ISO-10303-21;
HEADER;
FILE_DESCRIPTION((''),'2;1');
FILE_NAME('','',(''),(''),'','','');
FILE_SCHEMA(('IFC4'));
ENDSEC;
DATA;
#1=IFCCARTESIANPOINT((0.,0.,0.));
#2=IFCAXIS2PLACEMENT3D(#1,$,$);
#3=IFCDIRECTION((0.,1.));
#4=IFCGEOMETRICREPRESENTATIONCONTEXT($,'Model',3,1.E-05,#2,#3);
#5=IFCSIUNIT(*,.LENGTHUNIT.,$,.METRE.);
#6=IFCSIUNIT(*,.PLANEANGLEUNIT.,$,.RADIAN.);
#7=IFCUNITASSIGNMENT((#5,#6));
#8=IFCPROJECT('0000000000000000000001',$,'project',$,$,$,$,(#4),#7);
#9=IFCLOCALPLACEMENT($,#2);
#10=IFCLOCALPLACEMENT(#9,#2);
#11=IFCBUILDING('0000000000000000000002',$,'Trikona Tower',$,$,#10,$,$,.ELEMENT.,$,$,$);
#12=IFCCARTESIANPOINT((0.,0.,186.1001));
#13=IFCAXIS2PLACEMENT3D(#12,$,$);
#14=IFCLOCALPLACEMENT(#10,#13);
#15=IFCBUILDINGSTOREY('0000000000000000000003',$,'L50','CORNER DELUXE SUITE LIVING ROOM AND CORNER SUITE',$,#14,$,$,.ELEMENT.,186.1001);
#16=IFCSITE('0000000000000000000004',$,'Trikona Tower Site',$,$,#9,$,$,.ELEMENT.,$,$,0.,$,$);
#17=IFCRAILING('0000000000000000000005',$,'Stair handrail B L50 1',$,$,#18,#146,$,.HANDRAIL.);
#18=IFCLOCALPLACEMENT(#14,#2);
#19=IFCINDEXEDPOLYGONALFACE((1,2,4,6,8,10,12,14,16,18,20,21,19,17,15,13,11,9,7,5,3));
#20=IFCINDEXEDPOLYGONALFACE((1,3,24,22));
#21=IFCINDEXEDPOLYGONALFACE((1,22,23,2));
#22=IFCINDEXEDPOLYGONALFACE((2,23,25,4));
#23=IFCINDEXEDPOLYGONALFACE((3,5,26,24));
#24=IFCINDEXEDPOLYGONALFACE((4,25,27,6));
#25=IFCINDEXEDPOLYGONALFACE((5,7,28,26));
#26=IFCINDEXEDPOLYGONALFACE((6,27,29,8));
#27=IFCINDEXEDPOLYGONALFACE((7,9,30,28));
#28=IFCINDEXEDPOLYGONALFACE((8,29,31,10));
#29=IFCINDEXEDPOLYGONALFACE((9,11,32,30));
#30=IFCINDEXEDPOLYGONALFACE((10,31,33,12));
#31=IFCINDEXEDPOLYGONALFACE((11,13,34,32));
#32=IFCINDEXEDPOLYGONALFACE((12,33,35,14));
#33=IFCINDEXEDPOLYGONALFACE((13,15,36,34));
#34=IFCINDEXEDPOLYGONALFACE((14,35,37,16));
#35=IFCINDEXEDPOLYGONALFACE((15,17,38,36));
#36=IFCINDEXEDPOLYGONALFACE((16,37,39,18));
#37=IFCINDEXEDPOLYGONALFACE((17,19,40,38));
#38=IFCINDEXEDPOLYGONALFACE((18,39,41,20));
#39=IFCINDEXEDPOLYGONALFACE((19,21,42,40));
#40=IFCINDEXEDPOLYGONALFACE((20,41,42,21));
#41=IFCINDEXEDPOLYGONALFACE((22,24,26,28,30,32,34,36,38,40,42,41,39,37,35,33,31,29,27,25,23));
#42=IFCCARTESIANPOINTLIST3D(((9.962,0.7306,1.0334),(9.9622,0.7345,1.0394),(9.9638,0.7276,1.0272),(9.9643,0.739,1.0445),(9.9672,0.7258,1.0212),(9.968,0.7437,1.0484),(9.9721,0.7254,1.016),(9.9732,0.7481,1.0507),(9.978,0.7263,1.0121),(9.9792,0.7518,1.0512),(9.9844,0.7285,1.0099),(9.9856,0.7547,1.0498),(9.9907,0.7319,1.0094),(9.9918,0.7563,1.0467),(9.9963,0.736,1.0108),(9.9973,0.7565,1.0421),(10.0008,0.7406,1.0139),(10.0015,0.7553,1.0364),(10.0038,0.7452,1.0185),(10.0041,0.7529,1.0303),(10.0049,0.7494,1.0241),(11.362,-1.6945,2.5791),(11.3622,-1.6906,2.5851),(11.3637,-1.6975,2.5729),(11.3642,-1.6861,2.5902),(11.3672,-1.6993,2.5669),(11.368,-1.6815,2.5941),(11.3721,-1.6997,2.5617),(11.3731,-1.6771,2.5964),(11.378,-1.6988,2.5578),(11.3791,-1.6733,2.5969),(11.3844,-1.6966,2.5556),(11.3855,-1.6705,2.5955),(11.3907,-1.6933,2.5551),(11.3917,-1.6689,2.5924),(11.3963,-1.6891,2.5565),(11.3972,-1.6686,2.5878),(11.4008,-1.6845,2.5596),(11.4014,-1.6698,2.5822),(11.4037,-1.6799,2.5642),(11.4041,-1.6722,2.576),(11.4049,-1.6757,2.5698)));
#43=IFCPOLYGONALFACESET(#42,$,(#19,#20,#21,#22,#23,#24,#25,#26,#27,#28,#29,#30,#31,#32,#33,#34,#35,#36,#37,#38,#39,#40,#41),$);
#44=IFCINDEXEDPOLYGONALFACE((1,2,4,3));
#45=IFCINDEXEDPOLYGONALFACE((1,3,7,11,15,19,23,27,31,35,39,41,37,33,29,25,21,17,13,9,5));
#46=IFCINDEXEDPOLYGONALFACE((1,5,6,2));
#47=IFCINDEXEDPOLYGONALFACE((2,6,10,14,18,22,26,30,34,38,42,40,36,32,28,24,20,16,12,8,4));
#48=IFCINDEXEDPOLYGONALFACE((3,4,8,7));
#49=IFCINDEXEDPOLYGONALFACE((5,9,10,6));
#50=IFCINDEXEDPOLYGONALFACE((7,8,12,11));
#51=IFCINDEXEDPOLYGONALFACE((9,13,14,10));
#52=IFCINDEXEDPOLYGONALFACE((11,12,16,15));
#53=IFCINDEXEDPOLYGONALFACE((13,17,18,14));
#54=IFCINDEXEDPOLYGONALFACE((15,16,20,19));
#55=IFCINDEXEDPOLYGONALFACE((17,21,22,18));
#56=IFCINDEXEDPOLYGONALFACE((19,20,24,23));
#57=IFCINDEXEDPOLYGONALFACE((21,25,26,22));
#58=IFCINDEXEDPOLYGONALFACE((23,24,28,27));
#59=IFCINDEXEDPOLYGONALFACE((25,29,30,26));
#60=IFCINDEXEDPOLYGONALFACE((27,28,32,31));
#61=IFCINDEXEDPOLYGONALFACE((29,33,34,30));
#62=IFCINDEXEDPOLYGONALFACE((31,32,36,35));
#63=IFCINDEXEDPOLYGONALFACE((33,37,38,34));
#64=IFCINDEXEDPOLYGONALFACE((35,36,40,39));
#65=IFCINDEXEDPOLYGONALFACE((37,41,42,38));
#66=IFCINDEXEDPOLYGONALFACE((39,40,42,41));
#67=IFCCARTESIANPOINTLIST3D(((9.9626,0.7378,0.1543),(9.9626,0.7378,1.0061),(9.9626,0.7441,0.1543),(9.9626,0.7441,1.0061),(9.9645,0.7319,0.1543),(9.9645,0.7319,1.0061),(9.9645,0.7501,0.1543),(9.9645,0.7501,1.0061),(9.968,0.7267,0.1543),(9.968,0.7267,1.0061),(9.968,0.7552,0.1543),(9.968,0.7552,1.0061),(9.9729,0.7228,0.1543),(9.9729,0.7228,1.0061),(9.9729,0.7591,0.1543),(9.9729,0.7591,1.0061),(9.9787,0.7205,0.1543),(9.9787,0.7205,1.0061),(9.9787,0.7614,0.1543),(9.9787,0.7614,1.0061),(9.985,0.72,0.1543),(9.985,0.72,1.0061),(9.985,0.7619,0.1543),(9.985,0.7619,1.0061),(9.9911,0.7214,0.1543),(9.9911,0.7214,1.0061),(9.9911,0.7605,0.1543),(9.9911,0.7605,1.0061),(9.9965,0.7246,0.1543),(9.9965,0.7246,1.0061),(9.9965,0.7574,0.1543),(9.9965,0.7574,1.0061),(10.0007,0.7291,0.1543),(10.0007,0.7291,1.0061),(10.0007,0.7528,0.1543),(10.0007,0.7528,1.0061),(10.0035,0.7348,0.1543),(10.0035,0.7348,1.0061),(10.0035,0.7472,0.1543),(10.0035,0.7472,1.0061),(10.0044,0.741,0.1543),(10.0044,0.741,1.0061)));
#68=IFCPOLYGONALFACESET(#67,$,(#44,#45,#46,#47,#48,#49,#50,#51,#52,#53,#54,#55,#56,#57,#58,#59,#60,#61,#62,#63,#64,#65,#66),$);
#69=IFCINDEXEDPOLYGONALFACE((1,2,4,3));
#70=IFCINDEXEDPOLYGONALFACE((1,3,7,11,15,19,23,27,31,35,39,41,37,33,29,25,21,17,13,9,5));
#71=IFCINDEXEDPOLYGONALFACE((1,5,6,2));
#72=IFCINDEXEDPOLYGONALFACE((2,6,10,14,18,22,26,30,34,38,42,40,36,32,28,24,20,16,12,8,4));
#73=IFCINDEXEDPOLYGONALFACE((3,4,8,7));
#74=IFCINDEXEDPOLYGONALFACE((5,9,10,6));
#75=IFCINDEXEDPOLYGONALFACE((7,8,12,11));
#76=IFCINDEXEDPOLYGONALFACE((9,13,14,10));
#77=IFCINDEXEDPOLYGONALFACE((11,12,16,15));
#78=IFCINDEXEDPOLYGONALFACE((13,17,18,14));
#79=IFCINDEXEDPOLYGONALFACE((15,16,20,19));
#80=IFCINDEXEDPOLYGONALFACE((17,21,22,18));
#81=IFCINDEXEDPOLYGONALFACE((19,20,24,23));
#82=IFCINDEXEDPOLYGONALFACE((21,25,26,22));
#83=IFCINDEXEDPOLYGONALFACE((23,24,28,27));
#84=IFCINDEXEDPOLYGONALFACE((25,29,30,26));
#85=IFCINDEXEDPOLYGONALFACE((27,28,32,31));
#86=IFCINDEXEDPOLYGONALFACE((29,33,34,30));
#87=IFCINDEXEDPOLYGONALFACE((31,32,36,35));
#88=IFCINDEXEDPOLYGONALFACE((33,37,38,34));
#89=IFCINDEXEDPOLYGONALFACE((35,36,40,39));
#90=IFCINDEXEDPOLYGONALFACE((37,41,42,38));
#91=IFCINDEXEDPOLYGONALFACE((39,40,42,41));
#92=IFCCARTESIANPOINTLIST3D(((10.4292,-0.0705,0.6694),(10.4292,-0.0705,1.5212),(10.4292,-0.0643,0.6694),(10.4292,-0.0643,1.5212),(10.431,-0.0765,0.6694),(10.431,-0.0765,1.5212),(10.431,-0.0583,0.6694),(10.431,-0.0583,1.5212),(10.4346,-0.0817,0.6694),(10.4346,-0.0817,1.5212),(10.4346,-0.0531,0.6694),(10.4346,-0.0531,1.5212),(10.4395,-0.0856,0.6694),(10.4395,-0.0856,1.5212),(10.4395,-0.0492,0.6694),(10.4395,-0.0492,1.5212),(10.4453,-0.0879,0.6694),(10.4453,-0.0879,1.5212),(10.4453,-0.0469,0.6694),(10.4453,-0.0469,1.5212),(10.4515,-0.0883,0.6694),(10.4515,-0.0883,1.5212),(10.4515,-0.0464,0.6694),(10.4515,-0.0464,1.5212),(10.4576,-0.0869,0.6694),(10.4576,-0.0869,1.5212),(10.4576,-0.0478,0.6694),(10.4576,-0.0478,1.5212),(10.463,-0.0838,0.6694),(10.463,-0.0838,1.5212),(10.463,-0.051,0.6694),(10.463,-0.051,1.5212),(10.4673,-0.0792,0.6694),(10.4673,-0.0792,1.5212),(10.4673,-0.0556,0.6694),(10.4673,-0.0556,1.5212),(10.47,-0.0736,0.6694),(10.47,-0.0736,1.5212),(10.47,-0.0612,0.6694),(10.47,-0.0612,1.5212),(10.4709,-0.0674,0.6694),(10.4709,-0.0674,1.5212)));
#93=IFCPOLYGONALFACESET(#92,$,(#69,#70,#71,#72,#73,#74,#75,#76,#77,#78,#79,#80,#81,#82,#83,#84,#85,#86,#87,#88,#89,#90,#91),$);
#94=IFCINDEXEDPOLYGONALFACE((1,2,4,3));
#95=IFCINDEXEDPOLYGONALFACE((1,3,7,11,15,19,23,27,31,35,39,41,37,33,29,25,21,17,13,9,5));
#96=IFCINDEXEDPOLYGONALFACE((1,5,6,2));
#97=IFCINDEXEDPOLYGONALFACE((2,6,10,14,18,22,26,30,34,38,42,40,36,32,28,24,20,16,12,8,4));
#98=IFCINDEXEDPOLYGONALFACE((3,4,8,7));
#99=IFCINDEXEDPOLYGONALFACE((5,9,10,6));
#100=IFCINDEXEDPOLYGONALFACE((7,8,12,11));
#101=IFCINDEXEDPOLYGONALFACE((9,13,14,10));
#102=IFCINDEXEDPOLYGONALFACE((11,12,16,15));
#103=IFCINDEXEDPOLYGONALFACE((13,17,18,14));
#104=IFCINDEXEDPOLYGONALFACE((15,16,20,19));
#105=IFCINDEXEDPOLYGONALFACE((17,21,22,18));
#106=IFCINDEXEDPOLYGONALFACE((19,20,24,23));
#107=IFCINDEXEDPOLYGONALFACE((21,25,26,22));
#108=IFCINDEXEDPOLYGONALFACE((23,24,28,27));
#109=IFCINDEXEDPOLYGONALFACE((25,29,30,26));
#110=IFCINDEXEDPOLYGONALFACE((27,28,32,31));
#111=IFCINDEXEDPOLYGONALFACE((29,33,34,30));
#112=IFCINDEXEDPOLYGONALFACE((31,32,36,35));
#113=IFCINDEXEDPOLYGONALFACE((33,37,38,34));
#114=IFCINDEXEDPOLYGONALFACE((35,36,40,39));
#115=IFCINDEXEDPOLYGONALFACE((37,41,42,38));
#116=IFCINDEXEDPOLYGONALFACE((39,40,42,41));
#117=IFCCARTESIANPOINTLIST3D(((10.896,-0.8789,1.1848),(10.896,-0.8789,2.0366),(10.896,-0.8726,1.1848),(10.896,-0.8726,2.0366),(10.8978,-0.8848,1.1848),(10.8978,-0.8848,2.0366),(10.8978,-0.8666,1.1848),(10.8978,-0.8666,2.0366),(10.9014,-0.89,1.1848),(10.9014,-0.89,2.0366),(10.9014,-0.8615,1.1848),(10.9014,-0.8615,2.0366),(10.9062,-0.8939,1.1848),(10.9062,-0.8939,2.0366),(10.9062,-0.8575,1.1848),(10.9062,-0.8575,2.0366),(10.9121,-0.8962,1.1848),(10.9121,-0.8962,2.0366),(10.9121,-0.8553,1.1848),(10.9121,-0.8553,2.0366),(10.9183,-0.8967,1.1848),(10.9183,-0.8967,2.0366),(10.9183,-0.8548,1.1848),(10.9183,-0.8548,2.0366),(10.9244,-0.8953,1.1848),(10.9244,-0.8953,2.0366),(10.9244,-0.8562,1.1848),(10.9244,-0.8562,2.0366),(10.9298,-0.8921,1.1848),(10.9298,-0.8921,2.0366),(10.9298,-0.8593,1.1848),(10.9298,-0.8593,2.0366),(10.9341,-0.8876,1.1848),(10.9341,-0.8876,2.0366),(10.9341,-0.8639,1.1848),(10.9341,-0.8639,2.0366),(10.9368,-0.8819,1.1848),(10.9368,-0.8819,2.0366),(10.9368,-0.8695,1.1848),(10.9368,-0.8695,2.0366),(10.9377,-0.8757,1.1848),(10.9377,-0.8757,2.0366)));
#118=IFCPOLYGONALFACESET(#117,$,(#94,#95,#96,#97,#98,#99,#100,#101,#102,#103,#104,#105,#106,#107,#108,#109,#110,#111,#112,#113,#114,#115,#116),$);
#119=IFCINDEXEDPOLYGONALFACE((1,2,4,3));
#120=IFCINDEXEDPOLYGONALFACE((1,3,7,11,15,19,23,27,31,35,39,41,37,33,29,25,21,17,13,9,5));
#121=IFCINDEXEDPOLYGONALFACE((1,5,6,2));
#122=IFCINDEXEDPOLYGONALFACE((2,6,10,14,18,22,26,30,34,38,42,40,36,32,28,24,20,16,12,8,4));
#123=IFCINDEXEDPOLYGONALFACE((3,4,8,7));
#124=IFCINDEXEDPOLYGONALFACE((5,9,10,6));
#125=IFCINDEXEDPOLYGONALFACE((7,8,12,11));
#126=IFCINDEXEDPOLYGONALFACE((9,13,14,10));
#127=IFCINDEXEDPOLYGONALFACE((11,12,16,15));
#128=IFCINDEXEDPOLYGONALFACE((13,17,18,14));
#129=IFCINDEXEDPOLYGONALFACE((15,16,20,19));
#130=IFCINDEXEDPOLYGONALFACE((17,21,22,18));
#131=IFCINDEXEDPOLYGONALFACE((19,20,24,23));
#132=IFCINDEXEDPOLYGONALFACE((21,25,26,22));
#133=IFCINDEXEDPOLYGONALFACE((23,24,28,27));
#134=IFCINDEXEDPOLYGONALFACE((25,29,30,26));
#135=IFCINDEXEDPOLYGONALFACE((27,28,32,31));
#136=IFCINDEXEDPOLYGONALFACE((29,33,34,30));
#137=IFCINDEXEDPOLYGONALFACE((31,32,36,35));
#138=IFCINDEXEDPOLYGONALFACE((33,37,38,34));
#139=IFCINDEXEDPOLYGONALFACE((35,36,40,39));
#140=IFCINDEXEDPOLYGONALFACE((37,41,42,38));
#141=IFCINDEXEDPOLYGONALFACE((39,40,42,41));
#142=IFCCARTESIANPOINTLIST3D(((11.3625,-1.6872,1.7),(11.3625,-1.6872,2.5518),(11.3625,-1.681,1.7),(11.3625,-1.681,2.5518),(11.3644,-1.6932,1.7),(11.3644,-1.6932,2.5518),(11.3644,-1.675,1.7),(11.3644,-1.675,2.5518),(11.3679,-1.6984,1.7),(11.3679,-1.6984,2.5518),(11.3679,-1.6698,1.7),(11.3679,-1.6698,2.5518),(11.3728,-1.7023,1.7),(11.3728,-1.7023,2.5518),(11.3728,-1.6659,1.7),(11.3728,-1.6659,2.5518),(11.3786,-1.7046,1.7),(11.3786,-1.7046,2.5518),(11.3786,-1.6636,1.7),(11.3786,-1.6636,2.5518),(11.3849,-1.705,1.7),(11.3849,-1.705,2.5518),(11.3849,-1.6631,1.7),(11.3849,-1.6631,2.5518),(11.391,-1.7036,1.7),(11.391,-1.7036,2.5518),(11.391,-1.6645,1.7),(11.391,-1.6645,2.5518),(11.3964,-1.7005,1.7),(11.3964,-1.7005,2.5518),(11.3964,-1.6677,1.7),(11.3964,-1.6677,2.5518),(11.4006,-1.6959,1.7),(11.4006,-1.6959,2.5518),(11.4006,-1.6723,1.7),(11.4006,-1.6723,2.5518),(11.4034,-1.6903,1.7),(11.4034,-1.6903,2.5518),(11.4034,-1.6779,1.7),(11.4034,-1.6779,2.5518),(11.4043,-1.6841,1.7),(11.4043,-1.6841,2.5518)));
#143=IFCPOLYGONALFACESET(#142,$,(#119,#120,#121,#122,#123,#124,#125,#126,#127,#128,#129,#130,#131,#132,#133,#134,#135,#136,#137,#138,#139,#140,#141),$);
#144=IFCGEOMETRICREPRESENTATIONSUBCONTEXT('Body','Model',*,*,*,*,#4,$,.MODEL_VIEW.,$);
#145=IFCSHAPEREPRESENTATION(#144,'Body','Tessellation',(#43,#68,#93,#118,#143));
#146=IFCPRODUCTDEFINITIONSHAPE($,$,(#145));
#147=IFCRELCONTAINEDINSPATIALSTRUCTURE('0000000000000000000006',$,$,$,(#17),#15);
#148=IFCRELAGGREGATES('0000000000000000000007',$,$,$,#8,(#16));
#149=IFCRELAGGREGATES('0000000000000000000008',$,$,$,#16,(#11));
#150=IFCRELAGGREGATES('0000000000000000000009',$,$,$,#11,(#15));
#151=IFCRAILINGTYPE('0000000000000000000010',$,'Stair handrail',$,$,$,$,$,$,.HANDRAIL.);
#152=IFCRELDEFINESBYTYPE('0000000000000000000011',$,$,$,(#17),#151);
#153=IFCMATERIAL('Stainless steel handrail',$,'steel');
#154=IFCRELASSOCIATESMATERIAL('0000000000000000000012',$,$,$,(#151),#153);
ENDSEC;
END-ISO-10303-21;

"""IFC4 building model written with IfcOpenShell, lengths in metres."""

from ifc_helpers import new_model, si_unit, direction, frame, origin, origin_2d, place, context, subcontext, project, spatial, circle, extrude, material, type_object, element, save


model = new_model("IFC4")

# Units and contexts
model_context = context("Model", 3, precision=1e-05, world=origin(), true_north=direction((0.0, 1.0)))
body_context = subcontext(model_context, "Body", "Model", "MODEL_VIEW")
ifc_project = project(units=[si_unit("LENGTHUNIT", "METRE"), si_unit("PLANEANGLEUNIT", "RADIAN")], contexts=[model_context])

# Site, building, storey
site_placement = place(None, origin())
site = spatial("IfcSite", under=ifc_project, at=site_placement, Name="Trikona Tower Site", CompositionType="ELEMENT", RefElevation=0.0)
building_placement = place(site_placement, origin())
building = spatial("IfcBuilding", under=site, at=building_placement, Name="Trikona Tower", CompositionType="ELEMENT")
storey_placement = place(building_placement, frame((0.0, 0.0, 186.1001)))
storey = spatial("IfcBuildingStorey", under=building, at=storey_placement, Name="L50", Description="CORNER DELUXE SUITE LIVING ROOM AND CORNER SUITE", CompositionType="ELEMENT", Elevation=186.1001)

# Railing
ifc_material_1 = material(Name="Stainless steel handrail", Category="steel")
railing_type = type_object("IfcRailingType", Name="Stair handrail", PredefinedType="HANDRAIL", material=ifc_material_1)
railing_placement = place(storey_placement, frame((9.9834, 0.741, 0.1543)))
element("IfcRailing", 1, at=railing_placement, inside=storey, type_object=railing_type, Name="Stair handrail B L50 1", PredefinedType="HANDRAIL", context=body_context, shape_type="SweptSolid", body=[
    extrude(circle(Radius=0.0239, at=origin_2d()), frame((0.0, 0.0, 0.876), z_axis=(0.437691, -0.758212, 0.483262), x_axis=(0.866056, 0.499946, 0.0)), (0.0, 0.0, 1.0), 3.1985),
    extrude(circle(Radius=0.021, at=origin_2d()), origin(), (0.0, 0.0, 1.0), 0.8518),
    extrude(circle(Radius=0.021, at=origin_2d()), frame((0.4666, -0.8083, 0.5151)), (0.0, 0.0, 1.0), 0.8518),
    extrude(circle(Radius=0.021, at=origin_2d()), frame((0.9333, -1.6167, 1.0305)), (0.0, 0.0, 1.0), 0.8518),
    extrude(circle(Radius=0.021, at=origin_2d()), frame((1.3999, -2.425, 1.5457)), (0.0, 0.0, 1.0), 0.8518),
])

save(model, "model.ifc")
